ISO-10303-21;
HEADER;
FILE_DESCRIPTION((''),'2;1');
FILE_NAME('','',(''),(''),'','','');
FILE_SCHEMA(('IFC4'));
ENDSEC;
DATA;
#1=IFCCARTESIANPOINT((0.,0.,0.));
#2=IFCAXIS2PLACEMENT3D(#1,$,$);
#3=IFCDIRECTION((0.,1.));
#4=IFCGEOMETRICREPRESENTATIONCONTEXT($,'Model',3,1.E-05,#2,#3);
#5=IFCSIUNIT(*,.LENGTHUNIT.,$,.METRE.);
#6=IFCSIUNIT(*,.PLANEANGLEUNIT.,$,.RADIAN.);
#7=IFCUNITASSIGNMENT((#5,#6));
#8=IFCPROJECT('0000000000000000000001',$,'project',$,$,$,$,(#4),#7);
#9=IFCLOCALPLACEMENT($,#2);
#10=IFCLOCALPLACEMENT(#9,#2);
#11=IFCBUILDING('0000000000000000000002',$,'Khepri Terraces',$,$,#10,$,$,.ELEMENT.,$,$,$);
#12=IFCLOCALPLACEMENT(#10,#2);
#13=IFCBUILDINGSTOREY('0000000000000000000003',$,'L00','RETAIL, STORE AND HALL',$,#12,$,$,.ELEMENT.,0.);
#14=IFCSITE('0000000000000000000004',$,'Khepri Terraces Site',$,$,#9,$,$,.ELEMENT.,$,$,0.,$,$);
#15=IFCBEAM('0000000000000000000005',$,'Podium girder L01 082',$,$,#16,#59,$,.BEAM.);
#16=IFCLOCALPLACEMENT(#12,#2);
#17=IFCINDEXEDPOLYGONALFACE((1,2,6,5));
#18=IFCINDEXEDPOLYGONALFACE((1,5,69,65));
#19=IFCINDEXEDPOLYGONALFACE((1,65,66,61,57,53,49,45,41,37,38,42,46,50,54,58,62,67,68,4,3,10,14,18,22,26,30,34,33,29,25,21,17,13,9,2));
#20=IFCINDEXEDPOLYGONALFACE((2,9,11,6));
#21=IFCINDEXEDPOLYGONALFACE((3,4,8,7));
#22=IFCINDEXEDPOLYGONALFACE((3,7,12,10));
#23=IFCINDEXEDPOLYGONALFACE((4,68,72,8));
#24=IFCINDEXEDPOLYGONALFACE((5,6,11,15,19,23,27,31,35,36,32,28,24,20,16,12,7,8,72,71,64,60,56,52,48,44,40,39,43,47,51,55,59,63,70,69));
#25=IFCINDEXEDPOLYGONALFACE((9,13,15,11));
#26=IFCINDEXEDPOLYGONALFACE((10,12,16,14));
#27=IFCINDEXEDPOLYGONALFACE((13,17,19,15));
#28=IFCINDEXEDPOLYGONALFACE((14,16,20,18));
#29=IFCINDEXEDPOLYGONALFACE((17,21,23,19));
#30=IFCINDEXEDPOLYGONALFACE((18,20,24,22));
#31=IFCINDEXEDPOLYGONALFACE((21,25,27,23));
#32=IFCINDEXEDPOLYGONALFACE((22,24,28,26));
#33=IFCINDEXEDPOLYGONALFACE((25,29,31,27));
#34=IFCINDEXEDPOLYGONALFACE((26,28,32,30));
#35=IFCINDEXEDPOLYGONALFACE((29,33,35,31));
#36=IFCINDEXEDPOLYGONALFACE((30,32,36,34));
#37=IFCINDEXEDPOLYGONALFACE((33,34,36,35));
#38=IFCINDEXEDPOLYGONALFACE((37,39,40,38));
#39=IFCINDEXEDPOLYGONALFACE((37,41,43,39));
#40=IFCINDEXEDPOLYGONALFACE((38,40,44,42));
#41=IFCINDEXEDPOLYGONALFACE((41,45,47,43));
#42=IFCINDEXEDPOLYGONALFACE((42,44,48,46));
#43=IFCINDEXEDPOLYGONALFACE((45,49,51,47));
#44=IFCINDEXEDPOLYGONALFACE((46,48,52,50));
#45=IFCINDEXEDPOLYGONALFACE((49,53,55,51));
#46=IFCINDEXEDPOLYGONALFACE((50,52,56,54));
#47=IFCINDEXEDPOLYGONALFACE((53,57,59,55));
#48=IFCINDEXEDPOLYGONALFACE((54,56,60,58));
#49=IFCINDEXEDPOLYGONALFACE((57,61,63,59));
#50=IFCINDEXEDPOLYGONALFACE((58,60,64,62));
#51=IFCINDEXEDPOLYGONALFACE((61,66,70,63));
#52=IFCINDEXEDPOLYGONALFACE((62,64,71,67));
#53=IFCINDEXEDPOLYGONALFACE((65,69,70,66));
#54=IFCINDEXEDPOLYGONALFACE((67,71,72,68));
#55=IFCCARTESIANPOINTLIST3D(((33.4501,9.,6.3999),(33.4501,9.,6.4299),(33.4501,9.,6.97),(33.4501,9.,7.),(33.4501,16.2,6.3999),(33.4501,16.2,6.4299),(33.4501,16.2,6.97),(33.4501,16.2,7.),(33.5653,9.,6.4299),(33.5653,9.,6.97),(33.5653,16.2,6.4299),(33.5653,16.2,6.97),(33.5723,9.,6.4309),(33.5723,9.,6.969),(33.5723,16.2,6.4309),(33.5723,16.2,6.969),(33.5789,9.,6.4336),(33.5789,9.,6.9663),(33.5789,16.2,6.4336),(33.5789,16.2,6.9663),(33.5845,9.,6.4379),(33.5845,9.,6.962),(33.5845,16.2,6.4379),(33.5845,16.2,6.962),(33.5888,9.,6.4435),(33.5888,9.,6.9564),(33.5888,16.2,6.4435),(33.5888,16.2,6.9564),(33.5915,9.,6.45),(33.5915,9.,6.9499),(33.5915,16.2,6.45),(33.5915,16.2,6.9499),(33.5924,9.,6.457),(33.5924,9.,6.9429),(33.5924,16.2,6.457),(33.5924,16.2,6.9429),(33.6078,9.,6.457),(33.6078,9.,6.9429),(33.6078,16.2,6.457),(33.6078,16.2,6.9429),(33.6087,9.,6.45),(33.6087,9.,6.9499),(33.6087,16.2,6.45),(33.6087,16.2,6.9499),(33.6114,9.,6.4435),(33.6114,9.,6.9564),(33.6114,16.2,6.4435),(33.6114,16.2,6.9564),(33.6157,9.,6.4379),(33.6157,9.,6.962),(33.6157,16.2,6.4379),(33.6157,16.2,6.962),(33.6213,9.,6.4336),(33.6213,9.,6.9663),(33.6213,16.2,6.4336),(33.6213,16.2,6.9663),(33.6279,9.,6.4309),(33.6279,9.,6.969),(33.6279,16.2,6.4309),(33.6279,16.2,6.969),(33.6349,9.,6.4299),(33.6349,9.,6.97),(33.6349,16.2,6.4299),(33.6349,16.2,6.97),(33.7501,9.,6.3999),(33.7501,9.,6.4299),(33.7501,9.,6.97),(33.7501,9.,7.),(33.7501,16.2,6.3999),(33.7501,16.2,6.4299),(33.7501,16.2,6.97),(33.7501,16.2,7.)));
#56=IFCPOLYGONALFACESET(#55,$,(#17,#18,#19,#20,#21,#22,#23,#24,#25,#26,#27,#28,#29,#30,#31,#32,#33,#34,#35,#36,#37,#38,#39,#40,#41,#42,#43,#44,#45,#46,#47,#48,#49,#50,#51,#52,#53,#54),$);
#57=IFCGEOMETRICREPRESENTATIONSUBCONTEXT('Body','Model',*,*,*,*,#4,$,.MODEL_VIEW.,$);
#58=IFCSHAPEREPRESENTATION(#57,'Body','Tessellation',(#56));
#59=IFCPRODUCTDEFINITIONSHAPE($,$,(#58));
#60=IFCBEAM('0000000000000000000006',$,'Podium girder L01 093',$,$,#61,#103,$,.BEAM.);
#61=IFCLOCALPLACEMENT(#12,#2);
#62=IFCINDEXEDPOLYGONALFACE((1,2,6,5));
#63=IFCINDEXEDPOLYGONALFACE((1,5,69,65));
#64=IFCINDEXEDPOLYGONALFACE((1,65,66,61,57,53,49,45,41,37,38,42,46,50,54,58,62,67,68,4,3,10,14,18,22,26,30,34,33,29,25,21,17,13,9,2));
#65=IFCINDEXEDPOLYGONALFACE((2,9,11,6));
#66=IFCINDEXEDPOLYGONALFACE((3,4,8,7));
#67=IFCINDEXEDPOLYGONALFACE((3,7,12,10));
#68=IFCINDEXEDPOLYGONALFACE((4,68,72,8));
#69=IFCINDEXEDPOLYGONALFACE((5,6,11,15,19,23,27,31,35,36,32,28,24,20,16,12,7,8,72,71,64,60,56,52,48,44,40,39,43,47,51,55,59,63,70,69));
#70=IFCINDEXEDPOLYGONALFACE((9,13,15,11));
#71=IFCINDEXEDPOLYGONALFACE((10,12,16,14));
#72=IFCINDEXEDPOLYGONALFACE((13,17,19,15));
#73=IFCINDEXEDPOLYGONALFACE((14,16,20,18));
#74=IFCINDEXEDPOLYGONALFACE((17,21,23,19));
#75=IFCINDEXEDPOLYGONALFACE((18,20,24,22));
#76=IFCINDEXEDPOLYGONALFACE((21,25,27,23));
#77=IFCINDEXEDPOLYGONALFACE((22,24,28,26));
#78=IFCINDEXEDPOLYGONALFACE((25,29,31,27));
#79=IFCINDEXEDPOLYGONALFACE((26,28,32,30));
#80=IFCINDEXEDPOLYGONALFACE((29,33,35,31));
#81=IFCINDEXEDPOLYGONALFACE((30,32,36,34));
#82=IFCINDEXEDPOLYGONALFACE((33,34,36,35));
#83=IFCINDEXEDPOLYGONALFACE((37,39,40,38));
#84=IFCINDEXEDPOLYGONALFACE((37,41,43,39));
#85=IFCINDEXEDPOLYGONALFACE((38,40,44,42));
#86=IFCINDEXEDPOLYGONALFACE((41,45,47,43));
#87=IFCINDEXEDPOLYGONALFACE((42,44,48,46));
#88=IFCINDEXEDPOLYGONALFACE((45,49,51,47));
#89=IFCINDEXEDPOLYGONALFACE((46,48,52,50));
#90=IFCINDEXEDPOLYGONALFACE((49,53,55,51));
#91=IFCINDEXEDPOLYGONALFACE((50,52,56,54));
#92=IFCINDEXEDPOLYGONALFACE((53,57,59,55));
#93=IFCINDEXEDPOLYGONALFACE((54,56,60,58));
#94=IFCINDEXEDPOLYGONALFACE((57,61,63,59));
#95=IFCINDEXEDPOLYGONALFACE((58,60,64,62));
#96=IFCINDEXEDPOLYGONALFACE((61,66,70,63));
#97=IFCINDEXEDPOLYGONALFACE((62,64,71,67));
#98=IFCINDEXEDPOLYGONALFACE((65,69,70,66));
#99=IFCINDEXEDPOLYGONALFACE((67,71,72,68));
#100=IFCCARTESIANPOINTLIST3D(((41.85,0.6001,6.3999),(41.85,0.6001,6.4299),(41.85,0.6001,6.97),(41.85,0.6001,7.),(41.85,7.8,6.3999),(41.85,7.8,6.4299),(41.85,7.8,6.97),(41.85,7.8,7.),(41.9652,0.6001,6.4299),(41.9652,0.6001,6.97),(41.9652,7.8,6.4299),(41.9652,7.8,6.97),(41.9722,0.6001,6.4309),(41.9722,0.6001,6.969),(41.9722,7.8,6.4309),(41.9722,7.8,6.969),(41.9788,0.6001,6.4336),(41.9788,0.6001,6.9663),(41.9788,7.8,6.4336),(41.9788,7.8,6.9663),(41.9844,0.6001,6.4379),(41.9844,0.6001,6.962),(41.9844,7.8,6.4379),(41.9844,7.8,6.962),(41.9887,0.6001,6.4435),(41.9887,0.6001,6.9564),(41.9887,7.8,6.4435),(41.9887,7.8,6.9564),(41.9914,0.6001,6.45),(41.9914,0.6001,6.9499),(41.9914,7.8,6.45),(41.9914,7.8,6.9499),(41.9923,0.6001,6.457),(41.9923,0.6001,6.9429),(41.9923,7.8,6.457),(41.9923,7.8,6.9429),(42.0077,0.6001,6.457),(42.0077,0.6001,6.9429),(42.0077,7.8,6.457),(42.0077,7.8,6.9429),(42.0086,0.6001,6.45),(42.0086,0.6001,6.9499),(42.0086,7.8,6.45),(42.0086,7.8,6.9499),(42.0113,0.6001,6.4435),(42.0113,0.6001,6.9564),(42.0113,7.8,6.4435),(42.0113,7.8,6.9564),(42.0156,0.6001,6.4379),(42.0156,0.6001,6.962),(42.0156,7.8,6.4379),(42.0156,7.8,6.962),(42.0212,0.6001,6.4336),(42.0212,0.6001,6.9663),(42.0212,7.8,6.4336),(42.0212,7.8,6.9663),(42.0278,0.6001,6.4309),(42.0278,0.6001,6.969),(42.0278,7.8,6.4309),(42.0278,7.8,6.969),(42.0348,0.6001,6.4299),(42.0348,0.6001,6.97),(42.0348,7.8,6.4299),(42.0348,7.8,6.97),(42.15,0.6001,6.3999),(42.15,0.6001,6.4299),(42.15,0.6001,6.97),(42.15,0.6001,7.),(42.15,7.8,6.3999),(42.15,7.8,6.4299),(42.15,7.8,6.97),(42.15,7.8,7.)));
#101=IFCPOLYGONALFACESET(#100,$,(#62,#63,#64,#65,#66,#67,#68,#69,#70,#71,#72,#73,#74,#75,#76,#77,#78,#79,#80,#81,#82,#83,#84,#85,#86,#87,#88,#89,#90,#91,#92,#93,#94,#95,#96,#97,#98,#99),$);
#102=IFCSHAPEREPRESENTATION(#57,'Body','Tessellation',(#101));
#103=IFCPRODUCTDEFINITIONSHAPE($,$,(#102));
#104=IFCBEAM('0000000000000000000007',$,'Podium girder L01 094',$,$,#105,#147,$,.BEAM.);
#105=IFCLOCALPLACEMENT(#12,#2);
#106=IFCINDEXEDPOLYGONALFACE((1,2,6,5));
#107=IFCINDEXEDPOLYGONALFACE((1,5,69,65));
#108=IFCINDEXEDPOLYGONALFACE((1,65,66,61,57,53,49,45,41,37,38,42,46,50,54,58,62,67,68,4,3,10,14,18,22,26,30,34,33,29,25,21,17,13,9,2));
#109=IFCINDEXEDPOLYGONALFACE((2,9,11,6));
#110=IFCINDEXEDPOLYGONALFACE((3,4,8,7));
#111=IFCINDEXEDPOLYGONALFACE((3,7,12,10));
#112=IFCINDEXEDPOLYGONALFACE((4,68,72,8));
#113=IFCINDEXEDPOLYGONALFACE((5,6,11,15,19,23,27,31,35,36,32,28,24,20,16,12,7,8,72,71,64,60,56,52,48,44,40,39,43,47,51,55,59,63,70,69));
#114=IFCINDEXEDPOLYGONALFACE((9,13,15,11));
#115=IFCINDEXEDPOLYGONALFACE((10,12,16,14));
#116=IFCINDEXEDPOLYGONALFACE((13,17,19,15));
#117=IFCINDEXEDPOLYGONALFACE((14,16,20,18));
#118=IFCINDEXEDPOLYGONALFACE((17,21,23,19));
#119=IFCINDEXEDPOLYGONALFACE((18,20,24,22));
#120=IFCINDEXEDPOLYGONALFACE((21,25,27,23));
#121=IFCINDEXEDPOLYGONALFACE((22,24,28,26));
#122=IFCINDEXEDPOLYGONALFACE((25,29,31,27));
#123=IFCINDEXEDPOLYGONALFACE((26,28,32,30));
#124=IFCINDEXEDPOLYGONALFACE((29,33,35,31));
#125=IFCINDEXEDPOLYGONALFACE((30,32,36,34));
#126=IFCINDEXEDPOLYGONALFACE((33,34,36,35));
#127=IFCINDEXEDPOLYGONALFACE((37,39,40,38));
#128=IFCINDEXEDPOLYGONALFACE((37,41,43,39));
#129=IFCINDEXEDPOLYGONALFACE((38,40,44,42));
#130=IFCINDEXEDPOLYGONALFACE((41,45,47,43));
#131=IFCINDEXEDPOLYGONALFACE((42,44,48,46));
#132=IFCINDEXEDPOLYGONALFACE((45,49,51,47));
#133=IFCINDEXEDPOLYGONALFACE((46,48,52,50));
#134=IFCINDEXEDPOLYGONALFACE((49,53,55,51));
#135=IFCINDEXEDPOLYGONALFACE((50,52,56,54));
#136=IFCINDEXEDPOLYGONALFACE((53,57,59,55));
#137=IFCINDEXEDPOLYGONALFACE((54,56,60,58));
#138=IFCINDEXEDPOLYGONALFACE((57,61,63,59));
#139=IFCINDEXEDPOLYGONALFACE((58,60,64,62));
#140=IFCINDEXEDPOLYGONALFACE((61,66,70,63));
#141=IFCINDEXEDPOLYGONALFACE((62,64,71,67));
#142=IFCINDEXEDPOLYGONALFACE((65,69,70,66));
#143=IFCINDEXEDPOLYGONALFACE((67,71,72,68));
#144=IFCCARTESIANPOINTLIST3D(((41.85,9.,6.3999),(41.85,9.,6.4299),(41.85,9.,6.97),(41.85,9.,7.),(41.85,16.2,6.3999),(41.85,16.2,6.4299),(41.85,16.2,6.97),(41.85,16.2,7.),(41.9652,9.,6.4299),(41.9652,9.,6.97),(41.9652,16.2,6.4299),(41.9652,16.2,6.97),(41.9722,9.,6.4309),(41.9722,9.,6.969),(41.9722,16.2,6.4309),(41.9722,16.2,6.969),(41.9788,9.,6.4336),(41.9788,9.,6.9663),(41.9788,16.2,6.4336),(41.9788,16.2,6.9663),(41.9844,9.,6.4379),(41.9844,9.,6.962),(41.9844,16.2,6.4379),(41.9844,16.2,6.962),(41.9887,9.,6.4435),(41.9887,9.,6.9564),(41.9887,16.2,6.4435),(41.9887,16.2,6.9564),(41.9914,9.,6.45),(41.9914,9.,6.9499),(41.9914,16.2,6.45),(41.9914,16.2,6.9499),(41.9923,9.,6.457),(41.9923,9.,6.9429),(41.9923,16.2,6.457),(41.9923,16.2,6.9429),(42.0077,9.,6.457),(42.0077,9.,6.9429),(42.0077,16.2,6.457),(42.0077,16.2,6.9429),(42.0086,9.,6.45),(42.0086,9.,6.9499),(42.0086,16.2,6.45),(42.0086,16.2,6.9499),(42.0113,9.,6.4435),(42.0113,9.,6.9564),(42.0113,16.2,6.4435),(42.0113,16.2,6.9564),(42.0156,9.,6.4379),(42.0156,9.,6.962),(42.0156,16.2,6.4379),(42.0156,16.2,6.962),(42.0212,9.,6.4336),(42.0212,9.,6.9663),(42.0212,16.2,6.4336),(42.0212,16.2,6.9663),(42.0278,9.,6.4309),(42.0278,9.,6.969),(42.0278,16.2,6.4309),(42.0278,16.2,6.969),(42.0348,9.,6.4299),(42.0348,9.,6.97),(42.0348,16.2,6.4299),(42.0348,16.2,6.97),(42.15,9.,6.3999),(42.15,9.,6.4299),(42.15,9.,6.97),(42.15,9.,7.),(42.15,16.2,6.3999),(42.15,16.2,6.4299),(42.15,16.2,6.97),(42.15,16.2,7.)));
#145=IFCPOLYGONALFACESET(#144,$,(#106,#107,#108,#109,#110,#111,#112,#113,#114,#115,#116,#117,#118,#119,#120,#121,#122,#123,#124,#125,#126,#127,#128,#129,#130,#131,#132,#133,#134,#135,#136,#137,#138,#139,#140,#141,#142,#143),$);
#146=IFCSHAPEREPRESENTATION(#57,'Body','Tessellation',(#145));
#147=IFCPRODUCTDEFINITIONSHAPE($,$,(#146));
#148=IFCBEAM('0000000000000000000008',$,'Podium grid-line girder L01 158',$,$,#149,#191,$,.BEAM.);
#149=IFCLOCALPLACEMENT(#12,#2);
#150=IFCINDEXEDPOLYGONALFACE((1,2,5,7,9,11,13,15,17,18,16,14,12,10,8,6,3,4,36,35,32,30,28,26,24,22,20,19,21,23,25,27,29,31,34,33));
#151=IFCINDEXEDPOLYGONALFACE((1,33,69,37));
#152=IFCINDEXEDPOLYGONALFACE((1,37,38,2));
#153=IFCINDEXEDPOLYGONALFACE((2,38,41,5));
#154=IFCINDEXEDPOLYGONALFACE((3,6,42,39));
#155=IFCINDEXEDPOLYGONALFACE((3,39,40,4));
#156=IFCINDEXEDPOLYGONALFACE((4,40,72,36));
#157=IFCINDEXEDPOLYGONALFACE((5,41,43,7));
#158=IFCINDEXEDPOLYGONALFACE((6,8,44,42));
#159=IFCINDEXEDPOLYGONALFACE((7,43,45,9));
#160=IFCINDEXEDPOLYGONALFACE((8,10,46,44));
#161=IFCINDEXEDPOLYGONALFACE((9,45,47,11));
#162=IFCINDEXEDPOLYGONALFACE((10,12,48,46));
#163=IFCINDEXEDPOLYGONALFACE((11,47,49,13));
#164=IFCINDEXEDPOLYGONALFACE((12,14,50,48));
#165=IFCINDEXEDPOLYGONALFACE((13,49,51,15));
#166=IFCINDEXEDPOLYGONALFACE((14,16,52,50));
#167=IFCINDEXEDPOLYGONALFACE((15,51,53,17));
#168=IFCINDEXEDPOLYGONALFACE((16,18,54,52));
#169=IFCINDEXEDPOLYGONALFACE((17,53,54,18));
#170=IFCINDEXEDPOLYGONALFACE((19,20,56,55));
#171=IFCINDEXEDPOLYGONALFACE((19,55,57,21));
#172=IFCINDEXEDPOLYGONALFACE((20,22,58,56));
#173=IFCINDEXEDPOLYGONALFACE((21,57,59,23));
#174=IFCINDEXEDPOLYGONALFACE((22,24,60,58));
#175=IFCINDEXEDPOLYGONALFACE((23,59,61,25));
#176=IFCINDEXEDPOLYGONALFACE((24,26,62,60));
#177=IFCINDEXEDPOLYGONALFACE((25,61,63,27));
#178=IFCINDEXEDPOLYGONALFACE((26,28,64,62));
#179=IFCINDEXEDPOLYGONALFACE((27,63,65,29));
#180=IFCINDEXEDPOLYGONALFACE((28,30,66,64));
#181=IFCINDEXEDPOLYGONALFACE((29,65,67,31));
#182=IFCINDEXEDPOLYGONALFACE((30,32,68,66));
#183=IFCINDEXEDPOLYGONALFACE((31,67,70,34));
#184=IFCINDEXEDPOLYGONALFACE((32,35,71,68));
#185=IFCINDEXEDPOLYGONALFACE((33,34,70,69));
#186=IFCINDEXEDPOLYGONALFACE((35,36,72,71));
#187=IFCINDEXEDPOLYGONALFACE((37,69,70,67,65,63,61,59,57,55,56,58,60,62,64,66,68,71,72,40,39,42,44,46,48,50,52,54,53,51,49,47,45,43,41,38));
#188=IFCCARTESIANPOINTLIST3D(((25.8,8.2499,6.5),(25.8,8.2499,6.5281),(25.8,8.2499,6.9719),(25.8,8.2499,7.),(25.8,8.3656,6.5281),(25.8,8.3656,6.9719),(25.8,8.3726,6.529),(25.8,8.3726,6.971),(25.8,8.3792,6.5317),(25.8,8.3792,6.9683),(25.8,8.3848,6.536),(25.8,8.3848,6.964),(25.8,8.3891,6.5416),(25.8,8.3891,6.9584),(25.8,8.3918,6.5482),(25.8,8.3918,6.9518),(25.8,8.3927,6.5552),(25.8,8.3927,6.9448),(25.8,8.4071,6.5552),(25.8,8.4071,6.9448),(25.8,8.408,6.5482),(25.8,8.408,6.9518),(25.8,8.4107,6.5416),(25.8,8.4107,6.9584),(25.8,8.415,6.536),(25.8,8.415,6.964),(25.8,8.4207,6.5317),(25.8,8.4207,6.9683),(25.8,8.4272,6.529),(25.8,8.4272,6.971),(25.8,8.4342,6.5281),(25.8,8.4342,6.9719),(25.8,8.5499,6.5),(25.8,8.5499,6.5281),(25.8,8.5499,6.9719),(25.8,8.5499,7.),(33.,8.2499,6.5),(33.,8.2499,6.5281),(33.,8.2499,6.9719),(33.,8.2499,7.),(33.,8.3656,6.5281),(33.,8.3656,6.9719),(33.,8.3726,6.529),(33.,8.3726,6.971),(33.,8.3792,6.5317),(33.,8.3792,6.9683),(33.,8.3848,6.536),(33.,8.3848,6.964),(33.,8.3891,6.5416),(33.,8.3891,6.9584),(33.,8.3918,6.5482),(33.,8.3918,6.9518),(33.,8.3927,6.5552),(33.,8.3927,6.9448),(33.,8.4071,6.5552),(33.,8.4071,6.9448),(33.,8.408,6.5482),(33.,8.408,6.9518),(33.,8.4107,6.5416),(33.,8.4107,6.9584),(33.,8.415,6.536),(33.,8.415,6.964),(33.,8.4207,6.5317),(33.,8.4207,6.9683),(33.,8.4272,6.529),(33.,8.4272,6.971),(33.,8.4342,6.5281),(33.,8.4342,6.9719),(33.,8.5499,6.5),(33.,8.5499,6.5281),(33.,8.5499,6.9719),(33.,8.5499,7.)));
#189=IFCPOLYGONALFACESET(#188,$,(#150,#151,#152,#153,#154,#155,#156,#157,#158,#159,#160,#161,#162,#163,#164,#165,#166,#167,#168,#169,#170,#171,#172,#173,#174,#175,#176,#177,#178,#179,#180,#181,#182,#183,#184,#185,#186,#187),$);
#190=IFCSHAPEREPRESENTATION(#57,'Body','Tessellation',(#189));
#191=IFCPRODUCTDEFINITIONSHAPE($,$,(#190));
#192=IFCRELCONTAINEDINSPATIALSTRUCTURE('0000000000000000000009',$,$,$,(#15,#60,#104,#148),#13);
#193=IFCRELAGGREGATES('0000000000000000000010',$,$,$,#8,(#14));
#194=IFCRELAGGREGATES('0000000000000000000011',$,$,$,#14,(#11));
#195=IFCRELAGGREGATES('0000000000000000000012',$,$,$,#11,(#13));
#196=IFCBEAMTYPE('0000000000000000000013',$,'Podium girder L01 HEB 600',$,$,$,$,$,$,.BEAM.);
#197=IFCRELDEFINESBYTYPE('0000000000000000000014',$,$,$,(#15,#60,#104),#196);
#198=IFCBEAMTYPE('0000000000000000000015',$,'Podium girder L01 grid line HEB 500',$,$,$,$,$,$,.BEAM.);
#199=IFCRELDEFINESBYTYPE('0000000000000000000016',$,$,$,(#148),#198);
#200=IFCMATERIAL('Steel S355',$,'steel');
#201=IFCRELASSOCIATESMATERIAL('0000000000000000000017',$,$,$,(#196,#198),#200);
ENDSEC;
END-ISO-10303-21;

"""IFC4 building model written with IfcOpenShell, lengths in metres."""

from ifc_helpers import new_model, si_unit, direction, frame, origin, origin_2d, place, context, subcontext, project, spatial, i_section, extrude, material, material_profile, profile_set, type_object, element, save


model = new_model("IFC4")

# Units and contexts
model_context = context("Model", 3, precision=1e-05, world=origin(), true_north=direction((0.0, 1.0)))
body_context = subcontext(model_context, "Body", "Model", "MODEL_VIEW")
ifc_project = project(units=[si_unit("LENGTHUNIT", "METRE"), si_unit("PLANEANGLEUNIT", "RADIAN")], contexts=[model_context])

# Site, building, storey
site_placement = place(None, origin())
site = spatial("IfcSite", under=ifc_project, at=site_placement, Name="Khepri Terraces Site", CompositionType="ELEMENT", RefElevation=0.0)
building_placement = place(site_placement, origin())
building = spatial("IfcBuilding", under=site, at=building_placement, Name="Khepri Terraces", CompositionType="ELEMENT")
storey_placement = place(building_placement, origin())
storey = spatial("IfcBuildingStorey", under=building, at=storey_placement, Name="L00", Description="RETAIL, STORE AND HALL", CompositionType="ELEMENT", Elevation=0.0)

# Beams
ifc_material_1 = material(Name="Steel S355", Category="steel")
ifc_material_profile_1 = material_profile(ifc_material_1, i_section(OverallWidth=0.3, OverallDepth=0.6001, WebThickness=0.0154, FlangeThickness=0.03, FilletRadius=0.0271, at=origin_2d()), Name="Steel S355", Category="steel")
ifc_profile_set_1 = profile_set([ifc_material_profile_1], Name="Steel S355")
beam_type_1 = type_object("IfcBeamType", Name="Podium girder L01 HEB 600", PredefinedType="BEAM", material=ifc_profile_set_1)
for number, where, z_axis, x_axis, name in (
    (1, (33.6001, 9.0, 6.7), (0.0, 1.0, 0.0), (-1.0, 0.0, 0.0), "Podium girder L01 082"),
    (2, (42.0, 0.6001, 6.7), (0.0, 1.0, 0.0), (-1.0, 0.0, 0.0), "Podium girder L01 093"),
    (3, (42.0, 9.0, 6.7), (0.0, 1.0, 0.0), (-1.0, 0.0, 0.0), "Podium girder L01 094"),
):
    element("IfcBeam", number, at=place(storey_placement, frame(where, z_axis=z_axis, x_axis=x_axis)), inside=storey, type_object=beam_type_1, Name=name, PredefinedType="BEAM", context=body_context, shape_type="SweptSolid", body=[
        extrude(i_section(OverallWidth=0.3, OverallDepth=0.6001, WebThickness=0.0154, FlangeThickness=0.03, FilletRadius=0.0271, at=origin_2d()), origin(), (0.0, 0.0, 1.0), 7.2),
    ])
ifc_material_profile_2 = material_profile(ifc_material_1, i_section(OverallWidth=0.3, OverallDepth=0.5, WebThickness=0.0144, FlangeThickness=0.0281, FilletRadius=0.0271, at=origin_2d()), Name="Steel S355", Category="steel")
ifc_profile_set_2 = profile_set([ifc_material_profile_2], Name="Steel S355")
beam_type_2 = type_object("IfcBeamType", Name="Podium girder L01 grid line HEB 500", PredefinedType="BEAM", material=ifc_profile_set_2)
for number, where, z_axis, x_axis, name in (
    (4, (25.8, 8.3999, 6.75), (1.0, 0.0, 0.0), (0.0, 1.0, 0.0), "Podium grid-line girder L01 158"),
):
    element("IfcBeam", number, at=place(storey_placement, frame(where, z_axis=z_axis, x_axis=x_axis)), inside=storey, type_object=beam_type_2, Name=name, PredefinedType="BEAM", context=body_context, shape_type="SweptSolid", body=[
        extrude(i_section(OverallWidth=0.3, OverallDepth=0.5, WebThickness=0.0144, FlangeThickness=0.0281, FilletRadius=0.0271, at=origin_2d()), origin(), (0.0, 0.0, 1.0), 7.2),
    ])

save(model, "model.ifc")
